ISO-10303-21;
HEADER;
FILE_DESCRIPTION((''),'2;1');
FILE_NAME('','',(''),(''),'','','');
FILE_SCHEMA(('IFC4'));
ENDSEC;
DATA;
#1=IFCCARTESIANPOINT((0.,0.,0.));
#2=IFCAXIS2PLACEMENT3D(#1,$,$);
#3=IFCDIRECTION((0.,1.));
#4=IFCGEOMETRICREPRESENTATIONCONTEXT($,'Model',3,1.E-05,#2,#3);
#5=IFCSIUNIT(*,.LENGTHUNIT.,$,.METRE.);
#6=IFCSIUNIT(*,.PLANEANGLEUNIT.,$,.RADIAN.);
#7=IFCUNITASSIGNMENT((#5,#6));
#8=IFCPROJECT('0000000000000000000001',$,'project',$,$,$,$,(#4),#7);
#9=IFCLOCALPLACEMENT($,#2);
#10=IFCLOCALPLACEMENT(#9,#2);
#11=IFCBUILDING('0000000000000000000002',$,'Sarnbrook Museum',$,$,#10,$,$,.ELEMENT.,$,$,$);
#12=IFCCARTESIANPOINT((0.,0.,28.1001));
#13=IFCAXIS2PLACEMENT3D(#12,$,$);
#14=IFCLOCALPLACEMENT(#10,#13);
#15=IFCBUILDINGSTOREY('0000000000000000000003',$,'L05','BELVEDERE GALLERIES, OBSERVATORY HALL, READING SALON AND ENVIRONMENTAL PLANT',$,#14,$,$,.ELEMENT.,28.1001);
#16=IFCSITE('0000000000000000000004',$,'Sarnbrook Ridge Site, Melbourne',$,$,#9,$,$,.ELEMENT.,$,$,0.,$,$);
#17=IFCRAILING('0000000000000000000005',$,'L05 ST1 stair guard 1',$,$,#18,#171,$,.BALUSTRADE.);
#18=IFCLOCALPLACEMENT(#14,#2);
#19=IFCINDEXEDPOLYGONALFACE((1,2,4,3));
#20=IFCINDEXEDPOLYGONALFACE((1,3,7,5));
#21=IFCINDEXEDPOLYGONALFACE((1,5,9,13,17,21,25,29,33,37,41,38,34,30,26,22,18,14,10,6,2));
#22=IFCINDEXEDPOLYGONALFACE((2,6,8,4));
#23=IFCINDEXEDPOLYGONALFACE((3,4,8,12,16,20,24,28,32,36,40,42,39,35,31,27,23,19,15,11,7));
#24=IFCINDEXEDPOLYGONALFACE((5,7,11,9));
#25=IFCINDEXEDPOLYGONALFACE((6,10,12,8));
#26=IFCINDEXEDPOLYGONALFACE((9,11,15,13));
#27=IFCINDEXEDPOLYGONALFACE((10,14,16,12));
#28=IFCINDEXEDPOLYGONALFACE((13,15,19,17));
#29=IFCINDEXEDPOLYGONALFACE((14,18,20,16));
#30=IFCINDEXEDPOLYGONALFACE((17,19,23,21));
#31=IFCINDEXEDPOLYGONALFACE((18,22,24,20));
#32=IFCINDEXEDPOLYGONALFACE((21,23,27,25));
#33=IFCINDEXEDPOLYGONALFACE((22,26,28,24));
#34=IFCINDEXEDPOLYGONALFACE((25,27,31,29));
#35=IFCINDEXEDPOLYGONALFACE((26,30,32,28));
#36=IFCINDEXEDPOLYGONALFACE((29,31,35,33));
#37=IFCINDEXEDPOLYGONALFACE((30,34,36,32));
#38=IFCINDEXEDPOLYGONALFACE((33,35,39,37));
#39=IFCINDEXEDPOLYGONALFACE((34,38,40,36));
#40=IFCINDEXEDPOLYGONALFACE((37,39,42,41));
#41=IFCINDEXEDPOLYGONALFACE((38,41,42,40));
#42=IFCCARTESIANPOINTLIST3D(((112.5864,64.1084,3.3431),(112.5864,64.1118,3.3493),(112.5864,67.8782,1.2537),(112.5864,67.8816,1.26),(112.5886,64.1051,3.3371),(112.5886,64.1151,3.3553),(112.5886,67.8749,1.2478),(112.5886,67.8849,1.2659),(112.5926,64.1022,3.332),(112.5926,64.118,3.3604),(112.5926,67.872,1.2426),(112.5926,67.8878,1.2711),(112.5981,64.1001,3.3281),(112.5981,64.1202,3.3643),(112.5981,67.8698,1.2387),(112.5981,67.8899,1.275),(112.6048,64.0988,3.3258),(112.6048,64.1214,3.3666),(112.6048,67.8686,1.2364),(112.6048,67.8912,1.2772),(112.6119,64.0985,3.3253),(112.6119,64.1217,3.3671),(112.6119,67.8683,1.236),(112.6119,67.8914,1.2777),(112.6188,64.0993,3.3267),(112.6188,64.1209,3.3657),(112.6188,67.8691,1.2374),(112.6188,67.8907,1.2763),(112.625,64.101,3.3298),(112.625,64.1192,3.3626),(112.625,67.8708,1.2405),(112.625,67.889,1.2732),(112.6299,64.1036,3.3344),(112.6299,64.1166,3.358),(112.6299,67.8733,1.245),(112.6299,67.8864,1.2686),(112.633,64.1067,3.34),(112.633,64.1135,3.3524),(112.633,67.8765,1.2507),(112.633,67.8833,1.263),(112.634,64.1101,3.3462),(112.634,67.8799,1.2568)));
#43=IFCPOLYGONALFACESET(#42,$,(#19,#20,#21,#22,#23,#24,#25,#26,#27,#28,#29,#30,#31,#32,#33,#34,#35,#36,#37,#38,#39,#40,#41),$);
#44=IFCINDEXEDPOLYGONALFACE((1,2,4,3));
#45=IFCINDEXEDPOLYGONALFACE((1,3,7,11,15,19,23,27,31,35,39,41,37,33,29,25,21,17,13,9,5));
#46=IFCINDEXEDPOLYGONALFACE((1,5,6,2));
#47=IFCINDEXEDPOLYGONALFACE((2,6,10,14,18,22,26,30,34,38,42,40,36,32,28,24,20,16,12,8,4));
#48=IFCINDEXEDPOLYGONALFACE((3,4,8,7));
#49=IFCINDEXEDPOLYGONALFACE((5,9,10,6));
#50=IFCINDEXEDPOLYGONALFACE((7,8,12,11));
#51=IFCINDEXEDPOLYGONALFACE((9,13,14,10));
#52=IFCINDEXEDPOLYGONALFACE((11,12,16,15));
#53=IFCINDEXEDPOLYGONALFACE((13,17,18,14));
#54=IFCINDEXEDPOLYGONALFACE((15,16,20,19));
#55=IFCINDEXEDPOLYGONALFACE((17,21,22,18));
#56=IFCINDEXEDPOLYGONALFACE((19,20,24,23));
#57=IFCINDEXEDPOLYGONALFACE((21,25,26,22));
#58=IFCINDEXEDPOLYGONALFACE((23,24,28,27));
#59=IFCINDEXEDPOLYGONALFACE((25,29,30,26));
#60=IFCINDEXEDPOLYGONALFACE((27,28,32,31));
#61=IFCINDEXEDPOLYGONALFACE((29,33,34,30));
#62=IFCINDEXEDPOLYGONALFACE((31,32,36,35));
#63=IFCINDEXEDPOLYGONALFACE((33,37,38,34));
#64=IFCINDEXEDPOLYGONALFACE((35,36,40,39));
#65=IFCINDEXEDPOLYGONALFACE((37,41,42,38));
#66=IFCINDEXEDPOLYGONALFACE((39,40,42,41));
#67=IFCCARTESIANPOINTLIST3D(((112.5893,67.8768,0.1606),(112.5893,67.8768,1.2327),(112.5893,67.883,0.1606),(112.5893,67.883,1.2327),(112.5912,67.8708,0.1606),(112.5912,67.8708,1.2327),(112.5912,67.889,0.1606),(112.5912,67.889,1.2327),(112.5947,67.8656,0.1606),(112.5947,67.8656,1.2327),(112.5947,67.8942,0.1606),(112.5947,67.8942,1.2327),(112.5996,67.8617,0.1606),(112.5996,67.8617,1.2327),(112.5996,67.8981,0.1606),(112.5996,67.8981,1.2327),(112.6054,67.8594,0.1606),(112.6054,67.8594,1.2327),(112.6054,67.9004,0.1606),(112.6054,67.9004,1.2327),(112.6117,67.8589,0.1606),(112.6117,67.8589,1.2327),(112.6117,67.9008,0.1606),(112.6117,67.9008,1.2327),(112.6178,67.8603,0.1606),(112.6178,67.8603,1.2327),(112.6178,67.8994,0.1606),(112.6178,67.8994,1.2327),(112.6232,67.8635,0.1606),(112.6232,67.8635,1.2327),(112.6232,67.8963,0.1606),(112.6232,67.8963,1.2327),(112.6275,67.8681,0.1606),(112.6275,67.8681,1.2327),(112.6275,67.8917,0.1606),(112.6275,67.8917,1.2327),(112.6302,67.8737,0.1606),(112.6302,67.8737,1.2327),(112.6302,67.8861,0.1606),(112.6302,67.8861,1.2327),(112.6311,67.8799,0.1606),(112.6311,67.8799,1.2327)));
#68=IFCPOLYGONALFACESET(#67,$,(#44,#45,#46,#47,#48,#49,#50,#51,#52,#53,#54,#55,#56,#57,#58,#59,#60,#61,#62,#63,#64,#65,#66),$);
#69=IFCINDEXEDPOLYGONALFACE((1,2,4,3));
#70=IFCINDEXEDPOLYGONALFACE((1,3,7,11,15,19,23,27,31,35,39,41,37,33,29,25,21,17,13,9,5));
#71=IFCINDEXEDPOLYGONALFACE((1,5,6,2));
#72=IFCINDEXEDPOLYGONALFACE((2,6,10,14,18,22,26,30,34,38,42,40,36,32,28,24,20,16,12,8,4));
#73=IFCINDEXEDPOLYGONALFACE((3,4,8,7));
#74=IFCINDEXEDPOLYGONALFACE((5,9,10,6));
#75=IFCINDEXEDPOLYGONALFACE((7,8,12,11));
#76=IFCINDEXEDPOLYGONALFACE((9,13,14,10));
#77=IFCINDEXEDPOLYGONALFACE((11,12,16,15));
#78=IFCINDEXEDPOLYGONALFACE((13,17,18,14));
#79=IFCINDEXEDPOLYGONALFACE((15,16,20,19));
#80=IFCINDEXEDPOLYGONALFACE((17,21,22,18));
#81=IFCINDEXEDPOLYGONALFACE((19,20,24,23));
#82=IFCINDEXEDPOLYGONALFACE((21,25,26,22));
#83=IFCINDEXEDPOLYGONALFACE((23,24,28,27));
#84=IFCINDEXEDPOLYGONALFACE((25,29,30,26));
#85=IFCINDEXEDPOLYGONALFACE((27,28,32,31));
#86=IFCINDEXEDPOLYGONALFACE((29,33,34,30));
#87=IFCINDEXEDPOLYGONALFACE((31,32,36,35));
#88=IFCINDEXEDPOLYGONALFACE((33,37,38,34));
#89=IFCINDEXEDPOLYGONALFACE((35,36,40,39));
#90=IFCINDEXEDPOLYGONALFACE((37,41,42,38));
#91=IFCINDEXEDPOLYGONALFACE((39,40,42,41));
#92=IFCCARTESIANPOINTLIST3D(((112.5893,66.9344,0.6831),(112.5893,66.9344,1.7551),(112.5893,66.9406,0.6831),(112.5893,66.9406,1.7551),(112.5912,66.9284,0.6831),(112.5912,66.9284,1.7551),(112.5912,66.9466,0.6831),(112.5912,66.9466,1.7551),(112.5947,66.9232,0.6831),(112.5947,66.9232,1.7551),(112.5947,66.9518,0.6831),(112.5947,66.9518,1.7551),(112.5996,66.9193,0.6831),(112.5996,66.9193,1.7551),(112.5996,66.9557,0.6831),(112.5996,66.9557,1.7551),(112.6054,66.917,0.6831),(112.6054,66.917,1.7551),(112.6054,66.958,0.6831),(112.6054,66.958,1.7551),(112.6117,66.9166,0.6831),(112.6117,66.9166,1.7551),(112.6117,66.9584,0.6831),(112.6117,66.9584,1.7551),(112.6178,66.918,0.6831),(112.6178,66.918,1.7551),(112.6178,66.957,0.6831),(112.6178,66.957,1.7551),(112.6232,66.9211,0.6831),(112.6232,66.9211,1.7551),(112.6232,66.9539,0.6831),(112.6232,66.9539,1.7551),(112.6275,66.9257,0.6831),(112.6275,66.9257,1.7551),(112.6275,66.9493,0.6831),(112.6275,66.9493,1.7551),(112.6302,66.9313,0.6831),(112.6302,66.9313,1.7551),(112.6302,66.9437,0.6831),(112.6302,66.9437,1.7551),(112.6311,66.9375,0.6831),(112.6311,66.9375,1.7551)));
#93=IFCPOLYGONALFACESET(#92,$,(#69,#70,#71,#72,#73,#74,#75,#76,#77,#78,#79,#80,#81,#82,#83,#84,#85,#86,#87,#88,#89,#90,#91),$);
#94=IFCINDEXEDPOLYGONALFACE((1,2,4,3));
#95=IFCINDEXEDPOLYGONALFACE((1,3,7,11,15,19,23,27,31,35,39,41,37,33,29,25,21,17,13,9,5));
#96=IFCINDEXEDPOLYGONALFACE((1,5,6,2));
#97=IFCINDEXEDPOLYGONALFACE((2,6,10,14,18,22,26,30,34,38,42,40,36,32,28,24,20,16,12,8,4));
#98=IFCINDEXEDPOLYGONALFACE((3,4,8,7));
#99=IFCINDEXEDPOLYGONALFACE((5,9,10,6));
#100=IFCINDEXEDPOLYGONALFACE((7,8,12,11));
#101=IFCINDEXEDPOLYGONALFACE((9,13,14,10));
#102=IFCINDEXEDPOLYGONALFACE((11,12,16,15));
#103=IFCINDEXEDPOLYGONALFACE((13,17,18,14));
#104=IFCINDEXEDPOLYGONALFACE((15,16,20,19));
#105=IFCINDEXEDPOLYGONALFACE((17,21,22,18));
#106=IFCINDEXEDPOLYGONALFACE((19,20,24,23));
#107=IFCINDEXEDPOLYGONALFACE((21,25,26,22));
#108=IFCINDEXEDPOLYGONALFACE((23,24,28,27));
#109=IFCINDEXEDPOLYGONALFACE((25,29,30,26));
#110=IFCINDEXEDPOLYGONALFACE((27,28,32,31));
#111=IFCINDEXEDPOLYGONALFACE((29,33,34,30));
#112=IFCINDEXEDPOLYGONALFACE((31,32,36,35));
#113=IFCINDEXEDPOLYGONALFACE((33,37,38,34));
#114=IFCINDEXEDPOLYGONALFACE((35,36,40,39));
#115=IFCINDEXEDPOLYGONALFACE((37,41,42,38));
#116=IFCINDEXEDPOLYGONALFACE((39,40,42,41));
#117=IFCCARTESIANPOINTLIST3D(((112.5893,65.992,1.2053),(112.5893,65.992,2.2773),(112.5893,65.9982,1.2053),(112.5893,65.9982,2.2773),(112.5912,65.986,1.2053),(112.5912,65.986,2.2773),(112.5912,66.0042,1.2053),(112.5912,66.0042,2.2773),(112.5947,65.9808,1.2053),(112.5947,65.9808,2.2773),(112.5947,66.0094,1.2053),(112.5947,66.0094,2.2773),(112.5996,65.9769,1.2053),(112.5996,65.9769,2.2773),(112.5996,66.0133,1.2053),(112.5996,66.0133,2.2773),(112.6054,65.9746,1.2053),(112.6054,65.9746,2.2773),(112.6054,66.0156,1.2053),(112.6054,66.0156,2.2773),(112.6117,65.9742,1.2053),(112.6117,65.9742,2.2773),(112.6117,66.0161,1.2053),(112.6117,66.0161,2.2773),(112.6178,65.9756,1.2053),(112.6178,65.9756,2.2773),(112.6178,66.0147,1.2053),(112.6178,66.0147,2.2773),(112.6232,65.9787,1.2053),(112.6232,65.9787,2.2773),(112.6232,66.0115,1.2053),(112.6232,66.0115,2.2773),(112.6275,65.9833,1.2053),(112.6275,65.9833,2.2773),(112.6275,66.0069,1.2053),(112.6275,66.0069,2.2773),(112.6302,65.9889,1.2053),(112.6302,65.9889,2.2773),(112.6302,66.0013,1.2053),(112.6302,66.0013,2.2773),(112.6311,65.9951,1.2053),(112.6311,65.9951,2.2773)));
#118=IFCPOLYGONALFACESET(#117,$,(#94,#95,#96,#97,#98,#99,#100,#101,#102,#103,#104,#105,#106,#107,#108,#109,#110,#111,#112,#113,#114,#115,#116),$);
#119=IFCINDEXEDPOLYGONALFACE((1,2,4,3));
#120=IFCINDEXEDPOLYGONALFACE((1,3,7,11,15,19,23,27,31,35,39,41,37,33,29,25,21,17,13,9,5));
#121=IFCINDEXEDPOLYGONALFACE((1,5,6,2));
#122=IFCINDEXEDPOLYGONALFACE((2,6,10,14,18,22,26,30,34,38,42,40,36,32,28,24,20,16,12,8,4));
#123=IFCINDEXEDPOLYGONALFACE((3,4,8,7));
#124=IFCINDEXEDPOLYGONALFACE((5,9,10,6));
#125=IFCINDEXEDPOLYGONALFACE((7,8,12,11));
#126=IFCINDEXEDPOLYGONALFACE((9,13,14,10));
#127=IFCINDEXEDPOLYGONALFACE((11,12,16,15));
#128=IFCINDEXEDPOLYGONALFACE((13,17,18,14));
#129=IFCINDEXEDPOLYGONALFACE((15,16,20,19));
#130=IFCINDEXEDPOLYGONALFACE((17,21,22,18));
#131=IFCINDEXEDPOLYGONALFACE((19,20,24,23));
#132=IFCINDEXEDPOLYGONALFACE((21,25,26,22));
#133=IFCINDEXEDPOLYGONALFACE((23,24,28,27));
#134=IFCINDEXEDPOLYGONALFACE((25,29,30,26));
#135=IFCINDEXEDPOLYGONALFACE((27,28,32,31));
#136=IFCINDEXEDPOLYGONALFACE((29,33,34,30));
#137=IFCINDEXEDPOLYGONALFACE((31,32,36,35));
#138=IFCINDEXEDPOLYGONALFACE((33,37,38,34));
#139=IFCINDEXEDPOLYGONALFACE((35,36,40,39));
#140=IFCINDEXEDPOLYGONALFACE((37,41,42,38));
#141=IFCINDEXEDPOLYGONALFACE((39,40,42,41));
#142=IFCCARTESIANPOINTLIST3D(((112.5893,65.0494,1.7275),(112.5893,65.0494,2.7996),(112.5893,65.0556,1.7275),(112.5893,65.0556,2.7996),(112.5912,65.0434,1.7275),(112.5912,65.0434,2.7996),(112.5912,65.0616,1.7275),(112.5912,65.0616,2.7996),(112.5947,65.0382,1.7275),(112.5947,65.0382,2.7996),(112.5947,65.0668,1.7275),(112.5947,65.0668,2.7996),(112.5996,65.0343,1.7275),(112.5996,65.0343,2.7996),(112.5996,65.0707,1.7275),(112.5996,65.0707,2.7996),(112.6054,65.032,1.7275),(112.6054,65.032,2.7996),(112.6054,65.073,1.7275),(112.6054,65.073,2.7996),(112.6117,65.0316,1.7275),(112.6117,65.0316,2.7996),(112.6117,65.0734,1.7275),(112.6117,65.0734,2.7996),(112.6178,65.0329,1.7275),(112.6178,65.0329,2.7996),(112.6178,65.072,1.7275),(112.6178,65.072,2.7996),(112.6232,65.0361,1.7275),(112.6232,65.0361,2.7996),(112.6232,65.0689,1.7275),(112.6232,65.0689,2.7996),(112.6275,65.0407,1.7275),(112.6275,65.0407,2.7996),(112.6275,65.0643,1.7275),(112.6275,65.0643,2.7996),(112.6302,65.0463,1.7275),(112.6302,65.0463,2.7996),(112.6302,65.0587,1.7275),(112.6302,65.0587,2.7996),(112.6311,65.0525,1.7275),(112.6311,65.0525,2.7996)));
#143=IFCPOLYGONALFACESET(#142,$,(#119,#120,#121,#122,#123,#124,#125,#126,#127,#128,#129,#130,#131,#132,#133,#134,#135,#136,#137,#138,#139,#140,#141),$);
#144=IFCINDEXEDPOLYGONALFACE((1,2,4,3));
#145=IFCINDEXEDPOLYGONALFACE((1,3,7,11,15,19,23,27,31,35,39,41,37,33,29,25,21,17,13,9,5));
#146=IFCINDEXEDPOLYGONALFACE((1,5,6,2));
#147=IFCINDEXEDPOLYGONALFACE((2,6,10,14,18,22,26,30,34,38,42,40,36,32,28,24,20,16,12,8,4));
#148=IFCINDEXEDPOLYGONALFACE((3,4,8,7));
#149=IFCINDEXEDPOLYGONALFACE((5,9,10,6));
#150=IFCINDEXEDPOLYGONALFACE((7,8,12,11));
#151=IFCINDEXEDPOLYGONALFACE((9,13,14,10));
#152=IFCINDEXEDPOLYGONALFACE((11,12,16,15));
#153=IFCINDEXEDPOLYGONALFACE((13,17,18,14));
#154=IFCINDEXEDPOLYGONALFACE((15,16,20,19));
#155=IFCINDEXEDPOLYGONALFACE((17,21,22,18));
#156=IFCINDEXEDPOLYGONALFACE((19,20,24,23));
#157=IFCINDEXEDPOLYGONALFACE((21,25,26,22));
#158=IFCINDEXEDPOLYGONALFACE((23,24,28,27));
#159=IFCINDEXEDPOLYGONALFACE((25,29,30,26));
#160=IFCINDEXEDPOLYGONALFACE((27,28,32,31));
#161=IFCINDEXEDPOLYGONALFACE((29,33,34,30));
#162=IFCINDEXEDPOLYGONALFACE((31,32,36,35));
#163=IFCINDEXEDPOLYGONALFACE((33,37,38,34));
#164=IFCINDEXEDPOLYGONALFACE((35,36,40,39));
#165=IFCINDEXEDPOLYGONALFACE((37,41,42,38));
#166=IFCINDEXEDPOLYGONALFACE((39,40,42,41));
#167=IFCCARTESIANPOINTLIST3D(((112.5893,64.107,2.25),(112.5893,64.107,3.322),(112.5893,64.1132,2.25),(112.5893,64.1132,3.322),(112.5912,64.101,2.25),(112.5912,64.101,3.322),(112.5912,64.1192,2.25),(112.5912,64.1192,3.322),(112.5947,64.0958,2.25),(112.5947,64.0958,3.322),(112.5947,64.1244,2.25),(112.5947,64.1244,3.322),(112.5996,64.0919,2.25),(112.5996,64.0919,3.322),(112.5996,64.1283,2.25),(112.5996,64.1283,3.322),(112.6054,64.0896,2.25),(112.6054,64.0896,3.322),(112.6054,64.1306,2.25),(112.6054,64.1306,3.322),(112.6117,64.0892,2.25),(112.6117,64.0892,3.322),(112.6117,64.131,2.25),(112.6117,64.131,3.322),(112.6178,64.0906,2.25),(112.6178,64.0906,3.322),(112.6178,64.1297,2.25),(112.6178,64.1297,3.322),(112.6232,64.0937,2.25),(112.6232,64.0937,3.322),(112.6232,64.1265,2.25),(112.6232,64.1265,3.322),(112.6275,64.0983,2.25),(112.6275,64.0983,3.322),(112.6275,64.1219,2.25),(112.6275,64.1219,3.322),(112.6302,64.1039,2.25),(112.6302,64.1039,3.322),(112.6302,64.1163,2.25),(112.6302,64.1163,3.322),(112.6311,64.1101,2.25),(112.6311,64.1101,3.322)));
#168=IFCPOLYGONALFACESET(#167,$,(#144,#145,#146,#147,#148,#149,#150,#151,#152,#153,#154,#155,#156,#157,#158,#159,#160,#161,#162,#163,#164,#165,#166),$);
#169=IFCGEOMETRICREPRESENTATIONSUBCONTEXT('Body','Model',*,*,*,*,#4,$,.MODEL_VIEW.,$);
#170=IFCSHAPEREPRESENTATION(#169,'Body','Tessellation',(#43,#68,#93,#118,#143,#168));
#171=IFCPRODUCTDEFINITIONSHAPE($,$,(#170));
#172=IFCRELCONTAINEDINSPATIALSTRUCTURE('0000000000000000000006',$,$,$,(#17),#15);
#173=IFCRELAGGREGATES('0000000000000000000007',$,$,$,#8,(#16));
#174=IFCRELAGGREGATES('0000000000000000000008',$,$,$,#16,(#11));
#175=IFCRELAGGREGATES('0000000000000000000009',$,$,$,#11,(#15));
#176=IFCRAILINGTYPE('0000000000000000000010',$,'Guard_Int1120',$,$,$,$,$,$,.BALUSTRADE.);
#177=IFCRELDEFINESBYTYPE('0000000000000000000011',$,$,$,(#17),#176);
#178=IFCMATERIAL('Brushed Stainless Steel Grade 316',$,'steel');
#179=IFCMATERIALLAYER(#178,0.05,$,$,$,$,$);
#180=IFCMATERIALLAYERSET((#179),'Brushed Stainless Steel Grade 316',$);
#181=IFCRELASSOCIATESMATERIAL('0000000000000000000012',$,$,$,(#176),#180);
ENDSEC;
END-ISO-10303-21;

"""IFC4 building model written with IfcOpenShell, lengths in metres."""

from ifc_helpers import new_model, si_unit, direction, frame, origin, origin_2d, place, context, subcontext, project, spatial, circle, extrude, material, layer, layer_set, type_object, element, save


model = new_model("IFC4")

# Units and contexts
model_context = context("Model", 3, precision=1e-05, world=origin(), true_north=direction((0.0, 1.0)))
body_context = subcontext(model_context, "Body", "Model", "MODEL_VIEW")
ifc_project = project(units=[si_unit("LENGTHUNIT", "METRE"), si_unit("PLANEANGLEUNIT", "RADIAN")], contexts=[model_context])

# Site, building, storey
site_placement = place(None, origin())
site = spatial("IfcSite", under=ifc_project, at=site_placement, Name="Sarnbrook Ridge Site, Melbourne", CompositionType="ELEMENT", RefElevation=0.0)
building_placement = place(site_placement, origin())
building = spatial("IfcBuilding", under=site, at=building_placement, Name="Sarnbrook Museum", CompositionType="ELEMENT")
storey_placement = place(building_placement, frame((0.0, 0.0, 28.1001)))
storey = spatial("IfcBuildingStorey", under=building, at=storey_placement, Name="L05", Description="BELVEDERE GALLERIES, OBSERVATORY HALL, READING SALON AND ENVIRONMENTAL PLANT", CompositionType="ELEMENT", Elevation=28.1001)

# Railing
ifc_material_1 = material(Name="Brushed Stainless Steel Grade 316", Category="steel")
ifc_layer_1 = layer(ifc_material_1, 0.05)
ifc_layer_set_1 = layer_set([ifc_layer_1], Name="Brushed Stainless Steel Grade 316")
railing_type = type_object("IfcRailingType", Name="Guard_Int1120", PredefinedType="BALUSTRADE", material=ifc_layer_set_1)
railing_1_placement = place(storey_placement, frame((112.6101, 67.8799, 0.1606)))
element("IfcRailing", 1, at=railing_1_placement, inside=storey, type_object=railing_type, Name="L05 ST1 stair guard 1", PredefinedType="BALUSTRADE", context=body_context, shape_type="SweptSolid", body=[
    extrude(circle(Radius=0.0239, at=origin_2d()), frame((0.0, 0.0, 1.0962), z_axis=(0.0, -0.874646, 0.484763), x_axis=(1.0, 0.0, 0.0)), (0.0, 0.0, 1.0), 4.3101),
    extrude(circle(Radius=0.021, at=origin_2d()), origin(), (0.0, 0.0, 1.0), 1.072),
    extrude(circle(Radius=0.021, at=origin_2d()), frame((0.0, -0.9424, 0.5225)), (0.0, 0.0, 1.0), 1.072),
    extrude(circle(Radius=0.021, at=origin_2d()), frame((0.0, -1.8848, 1.0447)), (0.0, 0.0, 1.0), 1.072),
    extrude(circle(Radius=0.021, at=origin_2d()), frame((0.0, -2.8274, 1.5669)), (0.0, 0.0, 1.0), 1.072),
    extrude(circle(Radius=0.021, at=origin_2d()), frame((0.0, -3.7698, 2.0894)), (0.0, 0.0, 1.0), 1.072),
])

save(model, "model.ifc")
